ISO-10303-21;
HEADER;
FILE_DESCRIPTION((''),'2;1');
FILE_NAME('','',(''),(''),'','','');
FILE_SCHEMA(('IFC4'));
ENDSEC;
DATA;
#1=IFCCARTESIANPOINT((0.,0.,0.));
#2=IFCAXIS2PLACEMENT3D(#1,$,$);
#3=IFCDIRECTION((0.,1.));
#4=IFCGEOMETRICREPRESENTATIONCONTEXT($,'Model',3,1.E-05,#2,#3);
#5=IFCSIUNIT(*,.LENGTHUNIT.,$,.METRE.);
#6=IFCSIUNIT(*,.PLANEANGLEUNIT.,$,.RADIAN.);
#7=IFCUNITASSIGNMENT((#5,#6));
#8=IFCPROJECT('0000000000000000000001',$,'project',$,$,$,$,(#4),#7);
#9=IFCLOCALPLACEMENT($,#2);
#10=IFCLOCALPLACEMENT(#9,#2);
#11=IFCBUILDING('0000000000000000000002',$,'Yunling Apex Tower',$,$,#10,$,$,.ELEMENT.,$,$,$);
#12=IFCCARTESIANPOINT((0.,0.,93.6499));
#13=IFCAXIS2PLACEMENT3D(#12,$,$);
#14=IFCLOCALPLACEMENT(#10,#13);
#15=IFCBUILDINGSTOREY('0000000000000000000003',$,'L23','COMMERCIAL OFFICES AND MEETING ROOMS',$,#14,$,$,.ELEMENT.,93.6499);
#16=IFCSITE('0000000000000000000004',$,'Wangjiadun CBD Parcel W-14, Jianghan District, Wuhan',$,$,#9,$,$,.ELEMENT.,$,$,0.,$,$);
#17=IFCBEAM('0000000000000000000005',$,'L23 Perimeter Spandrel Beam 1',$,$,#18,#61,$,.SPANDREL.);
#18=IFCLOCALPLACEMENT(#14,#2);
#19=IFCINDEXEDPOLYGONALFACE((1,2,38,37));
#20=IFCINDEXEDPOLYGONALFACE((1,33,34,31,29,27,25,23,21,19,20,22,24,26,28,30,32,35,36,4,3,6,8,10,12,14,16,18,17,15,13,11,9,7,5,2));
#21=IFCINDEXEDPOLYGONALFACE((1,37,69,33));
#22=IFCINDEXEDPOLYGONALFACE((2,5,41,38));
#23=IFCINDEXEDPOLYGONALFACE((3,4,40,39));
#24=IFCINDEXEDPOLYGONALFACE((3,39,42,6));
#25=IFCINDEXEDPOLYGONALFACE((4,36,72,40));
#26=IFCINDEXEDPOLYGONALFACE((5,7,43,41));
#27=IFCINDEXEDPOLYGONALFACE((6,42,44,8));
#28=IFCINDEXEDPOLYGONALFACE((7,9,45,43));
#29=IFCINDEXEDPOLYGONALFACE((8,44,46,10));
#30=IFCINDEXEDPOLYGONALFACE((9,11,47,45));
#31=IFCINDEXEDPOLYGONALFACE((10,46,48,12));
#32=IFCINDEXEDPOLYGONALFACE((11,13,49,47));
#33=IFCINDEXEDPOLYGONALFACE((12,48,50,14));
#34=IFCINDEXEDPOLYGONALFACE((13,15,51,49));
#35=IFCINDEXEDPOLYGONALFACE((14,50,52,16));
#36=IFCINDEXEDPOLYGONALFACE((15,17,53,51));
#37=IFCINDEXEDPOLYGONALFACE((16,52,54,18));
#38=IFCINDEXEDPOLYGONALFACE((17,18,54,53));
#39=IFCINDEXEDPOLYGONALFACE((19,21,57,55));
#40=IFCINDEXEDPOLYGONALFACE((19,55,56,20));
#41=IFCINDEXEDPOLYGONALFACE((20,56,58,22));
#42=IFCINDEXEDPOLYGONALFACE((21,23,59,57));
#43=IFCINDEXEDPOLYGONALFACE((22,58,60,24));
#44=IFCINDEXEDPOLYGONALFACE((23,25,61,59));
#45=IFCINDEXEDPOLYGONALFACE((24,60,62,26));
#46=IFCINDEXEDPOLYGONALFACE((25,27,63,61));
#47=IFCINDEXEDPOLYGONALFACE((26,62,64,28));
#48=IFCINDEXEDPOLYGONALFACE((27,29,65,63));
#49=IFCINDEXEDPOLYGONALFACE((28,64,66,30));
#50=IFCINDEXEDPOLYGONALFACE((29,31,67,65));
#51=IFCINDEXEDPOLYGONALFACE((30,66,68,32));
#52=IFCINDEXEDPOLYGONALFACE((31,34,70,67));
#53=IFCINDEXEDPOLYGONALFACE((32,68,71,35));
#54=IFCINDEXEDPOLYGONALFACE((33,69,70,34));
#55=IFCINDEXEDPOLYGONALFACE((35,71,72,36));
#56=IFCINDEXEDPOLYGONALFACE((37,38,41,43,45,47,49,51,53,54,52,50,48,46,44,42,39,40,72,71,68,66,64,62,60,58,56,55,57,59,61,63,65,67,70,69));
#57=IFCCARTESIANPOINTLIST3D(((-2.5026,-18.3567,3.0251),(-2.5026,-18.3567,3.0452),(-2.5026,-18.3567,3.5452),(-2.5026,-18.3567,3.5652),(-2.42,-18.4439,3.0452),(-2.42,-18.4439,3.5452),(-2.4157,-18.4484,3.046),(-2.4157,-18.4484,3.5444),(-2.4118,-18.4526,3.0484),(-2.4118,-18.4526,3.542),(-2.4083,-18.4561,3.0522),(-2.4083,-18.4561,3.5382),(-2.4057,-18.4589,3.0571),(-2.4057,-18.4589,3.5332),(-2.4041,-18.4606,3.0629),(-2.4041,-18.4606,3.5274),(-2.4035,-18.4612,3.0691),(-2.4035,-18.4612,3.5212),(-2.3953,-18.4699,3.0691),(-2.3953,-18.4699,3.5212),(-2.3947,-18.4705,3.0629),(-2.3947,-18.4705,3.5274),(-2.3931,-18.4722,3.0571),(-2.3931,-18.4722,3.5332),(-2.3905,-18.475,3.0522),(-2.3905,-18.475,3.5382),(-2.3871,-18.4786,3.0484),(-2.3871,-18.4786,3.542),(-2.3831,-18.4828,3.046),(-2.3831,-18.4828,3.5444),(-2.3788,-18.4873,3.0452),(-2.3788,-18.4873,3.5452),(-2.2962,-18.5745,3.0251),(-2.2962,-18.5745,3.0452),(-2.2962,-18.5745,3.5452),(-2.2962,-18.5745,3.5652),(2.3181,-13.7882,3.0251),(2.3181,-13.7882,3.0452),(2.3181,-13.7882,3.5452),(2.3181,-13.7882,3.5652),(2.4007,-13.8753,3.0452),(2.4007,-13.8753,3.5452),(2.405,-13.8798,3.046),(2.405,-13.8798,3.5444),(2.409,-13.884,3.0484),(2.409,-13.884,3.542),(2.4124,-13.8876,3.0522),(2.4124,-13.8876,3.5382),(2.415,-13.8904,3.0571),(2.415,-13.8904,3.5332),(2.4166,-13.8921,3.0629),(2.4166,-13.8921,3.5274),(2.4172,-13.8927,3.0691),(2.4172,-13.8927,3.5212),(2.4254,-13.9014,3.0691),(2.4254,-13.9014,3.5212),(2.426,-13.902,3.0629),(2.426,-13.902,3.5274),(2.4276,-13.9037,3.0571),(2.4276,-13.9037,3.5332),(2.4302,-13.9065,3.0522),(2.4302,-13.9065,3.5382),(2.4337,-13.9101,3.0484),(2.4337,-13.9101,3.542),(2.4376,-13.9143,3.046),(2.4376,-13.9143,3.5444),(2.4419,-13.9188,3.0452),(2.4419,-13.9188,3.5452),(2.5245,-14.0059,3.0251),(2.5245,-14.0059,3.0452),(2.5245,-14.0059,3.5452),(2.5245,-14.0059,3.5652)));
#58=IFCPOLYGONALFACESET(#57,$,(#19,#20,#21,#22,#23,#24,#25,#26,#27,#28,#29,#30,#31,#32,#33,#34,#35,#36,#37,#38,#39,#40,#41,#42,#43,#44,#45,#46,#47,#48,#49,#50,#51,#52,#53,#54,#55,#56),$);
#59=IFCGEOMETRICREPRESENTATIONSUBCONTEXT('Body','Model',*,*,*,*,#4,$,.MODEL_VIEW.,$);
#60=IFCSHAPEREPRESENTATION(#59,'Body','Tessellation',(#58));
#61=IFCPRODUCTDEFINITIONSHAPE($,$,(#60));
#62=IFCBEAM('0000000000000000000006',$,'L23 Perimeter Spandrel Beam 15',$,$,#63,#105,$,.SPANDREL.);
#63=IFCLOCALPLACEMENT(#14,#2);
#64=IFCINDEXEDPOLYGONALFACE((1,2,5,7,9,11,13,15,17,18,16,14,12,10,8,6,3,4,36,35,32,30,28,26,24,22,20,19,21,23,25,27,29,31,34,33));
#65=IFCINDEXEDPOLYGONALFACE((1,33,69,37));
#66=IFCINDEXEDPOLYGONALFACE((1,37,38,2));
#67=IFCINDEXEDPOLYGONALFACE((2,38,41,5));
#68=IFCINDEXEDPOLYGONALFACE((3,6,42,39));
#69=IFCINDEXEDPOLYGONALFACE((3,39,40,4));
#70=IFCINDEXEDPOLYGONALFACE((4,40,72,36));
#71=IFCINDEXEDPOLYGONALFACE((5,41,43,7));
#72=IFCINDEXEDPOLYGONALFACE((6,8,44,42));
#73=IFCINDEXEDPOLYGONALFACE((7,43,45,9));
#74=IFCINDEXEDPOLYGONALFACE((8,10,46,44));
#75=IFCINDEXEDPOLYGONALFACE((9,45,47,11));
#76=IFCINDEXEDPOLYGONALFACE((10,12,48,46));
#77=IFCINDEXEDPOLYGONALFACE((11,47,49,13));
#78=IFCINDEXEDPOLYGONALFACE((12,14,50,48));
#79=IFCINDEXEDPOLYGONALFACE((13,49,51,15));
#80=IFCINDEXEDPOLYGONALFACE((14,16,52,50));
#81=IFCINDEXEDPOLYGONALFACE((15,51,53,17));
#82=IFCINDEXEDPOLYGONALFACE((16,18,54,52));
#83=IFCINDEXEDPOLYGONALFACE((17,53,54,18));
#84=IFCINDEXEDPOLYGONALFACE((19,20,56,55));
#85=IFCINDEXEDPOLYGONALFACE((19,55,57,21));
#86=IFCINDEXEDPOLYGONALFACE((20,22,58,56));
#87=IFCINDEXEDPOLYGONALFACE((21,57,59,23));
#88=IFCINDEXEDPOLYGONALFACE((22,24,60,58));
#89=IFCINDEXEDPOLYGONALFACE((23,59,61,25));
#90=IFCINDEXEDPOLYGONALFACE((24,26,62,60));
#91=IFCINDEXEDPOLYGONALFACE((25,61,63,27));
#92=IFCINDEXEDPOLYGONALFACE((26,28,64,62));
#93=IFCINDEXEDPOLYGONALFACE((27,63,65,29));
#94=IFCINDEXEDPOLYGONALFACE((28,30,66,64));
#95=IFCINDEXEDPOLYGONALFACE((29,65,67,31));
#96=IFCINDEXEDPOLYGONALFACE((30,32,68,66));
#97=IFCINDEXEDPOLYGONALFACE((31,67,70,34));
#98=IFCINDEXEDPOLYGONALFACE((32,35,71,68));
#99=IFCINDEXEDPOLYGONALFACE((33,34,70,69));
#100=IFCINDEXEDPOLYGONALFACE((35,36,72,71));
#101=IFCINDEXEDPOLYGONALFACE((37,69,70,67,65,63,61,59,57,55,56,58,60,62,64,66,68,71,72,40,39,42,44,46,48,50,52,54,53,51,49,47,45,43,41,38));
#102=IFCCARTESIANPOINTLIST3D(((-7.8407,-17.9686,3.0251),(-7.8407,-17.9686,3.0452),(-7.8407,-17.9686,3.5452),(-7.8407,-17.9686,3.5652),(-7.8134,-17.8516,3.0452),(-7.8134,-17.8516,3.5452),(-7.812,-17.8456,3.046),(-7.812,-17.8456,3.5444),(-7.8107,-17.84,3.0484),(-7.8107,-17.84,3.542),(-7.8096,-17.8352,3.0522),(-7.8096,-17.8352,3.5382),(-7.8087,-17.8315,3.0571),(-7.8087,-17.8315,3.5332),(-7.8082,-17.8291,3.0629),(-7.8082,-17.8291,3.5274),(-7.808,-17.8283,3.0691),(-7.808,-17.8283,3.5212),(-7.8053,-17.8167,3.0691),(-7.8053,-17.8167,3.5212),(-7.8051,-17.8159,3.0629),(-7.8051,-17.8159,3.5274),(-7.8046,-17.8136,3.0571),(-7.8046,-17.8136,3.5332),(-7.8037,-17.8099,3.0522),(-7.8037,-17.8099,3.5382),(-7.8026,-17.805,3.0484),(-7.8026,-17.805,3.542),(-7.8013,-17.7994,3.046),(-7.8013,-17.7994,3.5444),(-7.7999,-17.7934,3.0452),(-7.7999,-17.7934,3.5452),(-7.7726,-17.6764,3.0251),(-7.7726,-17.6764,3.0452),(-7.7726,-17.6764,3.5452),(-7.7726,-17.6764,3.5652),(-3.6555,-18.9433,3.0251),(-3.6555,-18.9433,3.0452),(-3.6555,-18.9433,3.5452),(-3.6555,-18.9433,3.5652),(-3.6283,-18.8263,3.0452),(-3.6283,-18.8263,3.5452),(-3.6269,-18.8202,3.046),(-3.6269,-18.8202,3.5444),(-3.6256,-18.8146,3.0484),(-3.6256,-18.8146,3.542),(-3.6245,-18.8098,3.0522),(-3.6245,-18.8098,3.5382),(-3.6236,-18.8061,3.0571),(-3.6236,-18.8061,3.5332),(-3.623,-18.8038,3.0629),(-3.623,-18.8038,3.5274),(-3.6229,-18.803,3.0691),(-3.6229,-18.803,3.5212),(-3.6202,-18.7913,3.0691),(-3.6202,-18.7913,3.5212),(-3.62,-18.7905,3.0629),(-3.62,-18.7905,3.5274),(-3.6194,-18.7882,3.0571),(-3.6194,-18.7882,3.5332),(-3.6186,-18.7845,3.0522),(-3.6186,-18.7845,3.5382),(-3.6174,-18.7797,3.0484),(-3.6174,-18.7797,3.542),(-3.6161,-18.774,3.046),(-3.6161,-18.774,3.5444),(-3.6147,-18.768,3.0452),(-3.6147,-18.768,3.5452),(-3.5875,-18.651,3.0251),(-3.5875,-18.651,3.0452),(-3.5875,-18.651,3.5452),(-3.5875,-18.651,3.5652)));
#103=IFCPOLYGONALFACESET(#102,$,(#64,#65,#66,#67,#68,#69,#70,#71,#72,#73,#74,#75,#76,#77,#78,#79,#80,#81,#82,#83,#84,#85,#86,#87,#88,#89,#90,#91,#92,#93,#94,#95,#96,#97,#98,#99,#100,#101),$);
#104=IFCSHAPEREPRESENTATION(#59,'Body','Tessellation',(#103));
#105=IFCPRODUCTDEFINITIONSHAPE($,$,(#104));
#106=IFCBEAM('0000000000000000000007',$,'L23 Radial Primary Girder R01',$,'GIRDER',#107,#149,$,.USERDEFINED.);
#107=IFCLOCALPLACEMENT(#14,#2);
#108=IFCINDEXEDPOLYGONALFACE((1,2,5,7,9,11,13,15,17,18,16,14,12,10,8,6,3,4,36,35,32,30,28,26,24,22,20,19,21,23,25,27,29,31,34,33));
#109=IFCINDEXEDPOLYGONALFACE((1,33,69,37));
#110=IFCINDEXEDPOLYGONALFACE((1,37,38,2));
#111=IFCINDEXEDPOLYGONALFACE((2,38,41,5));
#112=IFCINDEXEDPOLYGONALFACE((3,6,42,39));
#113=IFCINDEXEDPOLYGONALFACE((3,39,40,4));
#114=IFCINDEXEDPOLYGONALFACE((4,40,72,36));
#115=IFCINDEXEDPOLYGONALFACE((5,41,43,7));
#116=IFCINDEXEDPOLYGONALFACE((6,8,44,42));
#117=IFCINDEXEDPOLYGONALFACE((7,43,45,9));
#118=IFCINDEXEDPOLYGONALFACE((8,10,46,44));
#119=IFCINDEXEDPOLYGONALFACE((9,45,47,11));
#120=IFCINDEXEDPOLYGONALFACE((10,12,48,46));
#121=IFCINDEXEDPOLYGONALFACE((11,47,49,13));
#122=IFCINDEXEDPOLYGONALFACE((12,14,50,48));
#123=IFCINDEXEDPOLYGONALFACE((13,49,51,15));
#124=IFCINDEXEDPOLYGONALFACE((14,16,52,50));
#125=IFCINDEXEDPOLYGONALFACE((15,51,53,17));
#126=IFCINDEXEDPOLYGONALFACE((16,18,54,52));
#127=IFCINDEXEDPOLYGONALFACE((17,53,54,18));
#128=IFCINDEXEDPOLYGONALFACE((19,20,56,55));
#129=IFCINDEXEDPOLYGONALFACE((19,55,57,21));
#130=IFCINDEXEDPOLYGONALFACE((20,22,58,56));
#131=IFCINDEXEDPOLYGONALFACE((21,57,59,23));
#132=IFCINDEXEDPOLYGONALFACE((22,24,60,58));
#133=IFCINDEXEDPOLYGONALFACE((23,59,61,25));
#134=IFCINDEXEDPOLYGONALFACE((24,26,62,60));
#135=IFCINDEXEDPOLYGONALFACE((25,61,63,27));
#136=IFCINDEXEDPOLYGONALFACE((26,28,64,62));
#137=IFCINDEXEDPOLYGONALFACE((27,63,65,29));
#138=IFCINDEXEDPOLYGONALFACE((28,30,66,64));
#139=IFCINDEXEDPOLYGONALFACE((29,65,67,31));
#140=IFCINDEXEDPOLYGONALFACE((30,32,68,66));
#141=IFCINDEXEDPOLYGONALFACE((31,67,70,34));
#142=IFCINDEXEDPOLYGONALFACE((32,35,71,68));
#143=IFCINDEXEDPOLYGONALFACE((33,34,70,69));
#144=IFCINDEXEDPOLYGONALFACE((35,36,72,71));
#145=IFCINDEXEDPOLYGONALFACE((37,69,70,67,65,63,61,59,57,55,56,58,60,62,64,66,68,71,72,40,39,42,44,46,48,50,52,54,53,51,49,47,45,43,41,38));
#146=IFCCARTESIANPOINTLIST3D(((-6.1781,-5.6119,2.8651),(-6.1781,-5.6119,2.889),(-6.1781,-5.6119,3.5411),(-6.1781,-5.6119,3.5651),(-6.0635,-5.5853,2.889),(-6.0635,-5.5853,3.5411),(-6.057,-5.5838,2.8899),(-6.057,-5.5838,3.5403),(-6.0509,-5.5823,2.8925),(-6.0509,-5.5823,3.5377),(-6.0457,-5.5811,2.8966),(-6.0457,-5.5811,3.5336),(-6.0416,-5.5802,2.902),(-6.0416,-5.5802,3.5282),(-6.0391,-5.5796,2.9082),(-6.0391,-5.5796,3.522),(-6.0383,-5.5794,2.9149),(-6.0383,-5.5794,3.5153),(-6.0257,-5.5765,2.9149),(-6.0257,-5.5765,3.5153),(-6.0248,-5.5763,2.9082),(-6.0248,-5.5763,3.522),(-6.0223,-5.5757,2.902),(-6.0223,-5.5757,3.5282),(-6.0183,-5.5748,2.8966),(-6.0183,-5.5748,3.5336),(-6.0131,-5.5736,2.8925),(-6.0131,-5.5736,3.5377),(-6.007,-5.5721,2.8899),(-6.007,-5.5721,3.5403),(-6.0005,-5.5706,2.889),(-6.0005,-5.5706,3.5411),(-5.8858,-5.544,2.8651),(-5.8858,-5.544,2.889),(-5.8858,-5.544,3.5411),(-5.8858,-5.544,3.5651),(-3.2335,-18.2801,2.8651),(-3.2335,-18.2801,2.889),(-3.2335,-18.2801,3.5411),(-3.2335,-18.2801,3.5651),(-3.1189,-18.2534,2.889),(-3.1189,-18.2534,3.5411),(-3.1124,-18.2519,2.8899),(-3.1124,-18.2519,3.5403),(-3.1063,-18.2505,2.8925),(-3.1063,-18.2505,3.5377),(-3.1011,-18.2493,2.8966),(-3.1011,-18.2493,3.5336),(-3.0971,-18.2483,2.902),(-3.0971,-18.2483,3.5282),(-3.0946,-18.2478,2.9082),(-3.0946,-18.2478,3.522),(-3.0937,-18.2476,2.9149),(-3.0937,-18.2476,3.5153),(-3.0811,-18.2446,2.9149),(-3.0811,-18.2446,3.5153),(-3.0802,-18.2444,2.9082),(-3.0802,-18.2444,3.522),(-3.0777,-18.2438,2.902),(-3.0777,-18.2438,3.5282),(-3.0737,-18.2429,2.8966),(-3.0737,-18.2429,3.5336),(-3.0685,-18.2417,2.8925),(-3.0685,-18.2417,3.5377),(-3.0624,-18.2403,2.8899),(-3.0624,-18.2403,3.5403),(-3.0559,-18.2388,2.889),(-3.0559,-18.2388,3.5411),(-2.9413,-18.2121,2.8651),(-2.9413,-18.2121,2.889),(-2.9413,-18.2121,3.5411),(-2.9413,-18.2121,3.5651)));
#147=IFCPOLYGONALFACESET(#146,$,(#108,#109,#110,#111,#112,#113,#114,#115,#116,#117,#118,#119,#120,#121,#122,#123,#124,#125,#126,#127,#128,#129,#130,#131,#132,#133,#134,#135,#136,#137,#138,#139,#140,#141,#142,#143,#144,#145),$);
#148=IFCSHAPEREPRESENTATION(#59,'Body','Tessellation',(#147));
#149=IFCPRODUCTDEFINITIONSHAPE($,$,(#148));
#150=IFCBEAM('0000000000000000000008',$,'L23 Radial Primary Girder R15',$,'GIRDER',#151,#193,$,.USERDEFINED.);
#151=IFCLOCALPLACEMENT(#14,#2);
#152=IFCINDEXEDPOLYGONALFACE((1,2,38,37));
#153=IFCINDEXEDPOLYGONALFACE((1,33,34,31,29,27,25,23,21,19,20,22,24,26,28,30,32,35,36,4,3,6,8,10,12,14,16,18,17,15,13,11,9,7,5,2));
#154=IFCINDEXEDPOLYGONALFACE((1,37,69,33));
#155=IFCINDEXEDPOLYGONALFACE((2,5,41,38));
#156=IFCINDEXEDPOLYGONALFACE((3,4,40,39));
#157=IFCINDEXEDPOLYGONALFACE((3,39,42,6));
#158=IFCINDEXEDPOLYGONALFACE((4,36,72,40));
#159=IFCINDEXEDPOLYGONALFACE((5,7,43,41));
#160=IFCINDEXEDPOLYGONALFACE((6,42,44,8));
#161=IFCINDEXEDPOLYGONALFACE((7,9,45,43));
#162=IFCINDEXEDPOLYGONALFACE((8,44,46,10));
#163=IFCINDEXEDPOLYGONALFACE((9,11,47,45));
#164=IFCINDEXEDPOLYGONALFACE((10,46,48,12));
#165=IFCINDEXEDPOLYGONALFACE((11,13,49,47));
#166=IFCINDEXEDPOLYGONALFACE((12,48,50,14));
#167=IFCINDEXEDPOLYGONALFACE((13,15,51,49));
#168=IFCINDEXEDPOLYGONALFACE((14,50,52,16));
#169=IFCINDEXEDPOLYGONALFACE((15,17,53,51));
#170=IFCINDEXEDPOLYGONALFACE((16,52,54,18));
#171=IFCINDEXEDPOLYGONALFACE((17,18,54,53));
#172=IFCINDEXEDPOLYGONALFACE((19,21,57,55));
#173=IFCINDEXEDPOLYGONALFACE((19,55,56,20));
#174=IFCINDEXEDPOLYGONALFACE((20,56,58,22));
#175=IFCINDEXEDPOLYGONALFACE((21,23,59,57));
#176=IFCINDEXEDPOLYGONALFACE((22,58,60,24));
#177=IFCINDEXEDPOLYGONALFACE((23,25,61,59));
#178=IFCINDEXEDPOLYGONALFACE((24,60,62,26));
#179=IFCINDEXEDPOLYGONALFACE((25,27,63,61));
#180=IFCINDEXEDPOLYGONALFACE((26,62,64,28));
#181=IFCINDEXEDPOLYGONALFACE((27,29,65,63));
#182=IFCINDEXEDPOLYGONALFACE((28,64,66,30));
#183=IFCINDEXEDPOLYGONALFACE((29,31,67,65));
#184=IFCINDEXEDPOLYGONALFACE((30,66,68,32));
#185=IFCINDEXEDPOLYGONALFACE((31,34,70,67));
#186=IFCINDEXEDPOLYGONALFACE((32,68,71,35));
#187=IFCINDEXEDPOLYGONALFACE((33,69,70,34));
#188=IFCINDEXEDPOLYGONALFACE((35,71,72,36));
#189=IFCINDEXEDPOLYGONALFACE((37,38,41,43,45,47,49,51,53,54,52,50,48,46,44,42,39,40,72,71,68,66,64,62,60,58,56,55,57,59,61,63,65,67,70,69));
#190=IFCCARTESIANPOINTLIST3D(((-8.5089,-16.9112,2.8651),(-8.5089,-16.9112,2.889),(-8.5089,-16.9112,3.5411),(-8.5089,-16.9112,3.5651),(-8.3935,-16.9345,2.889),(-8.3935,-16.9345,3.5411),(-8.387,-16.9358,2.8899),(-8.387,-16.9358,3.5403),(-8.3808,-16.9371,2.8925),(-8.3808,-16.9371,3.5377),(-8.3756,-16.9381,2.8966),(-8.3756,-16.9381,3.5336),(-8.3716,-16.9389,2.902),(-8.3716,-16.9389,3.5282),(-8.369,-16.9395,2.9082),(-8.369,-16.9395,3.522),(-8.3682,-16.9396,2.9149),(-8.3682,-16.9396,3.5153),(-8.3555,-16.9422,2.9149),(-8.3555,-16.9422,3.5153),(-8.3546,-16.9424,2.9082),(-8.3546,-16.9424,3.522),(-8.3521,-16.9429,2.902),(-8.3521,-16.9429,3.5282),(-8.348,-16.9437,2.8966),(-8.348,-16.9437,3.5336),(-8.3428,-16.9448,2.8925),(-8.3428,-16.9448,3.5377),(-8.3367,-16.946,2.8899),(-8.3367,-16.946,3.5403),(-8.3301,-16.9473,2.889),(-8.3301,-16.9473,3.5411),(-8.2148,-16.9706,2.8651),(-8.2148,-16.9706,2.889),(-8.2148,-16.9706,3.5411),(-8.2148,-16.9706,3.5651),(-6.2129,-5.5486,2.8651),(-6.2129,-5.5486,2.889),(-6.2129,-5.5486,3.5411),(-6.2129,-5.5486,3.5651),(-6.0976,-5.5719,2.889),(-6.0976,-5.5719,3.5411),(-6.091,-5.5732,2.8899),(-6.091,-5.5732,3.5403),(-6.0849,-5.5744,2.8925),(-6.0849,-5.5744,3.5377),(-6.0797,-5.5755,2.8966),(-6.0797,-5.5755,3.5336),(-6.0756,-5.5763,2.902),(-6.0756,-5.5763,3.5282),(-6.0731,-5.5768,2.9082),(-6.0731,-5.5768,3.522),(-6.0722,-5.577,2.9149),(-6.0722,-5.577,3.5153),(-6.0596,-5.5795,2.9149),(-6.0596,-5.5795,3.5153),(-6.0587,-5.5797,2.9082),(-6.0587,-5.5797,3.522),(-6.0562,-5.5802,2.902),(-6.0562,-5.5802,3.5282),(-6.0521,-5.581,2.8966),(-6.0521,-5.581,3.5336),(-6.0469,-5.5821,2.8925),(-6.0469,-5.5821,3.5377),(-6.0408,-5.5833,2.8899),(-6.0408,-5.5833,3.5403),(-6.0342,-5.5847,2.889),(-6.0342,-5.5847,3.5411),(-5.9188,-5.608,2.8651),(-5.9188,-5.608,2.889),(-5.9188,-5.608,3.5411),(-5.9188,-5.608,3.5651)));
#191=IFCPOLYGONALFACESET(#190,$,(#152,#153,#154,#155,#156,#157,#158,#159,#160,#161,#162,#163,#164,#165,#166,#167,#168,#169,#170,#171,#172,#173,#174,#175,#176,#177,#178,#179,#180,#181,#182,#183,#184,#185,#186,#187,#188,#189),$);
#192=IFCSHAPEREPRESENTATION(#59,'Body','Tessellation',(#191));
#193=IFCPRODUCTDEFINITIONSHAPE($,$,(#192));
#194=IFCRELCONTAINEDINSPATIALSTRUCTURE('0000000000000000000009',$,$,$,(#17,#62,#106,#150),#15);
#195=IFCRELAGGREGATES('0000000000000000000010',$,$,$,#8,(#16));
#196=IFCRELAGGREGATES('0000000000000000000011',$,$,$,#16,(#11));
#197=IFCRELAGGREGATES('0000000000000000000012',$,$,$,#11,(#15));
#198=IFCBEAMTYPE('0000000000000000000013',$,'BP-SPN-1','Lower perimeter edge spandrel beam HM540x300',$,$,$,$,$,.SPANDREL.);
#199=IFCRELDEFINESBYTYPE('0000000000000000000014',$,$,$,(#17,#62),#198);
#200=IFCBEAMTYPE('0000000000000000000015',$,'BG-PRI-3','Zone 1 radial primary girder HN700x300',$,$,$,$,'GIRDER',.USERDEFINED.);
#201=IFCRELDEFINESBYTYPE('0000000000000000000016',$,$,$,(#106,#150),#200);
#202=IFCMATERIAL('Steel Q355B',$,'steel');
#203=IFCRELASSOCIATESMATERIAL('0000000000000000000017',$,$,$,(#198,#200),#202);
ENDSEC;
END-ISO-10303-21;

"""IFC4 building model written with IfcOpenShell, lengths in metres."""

from ifc_helpers import new_model, si_unit, direction, frame, origin, origin_2d, place, context, subcontext, project, spatial, i_section, extrude, source, transform, mapped, material, material_profile, profile_set, type_object, element, save


model = new_model("IFC4")

# Units and contexts
model_context = context("Model", 3, precision=1e-05, world=origin(), true_north=direction((0.0, 1.0)))
body_context = subcontext(model_context, "Body", "Model", "MODEL_VIEW")
ifc_project = project(units=[si_unit("LENGTHUNIT", "METRE"), si_unit("PLANEANGLEUNIT", "RADIAN")], contexts=[model_context])

# Site, building, storey
site_placement = place(None, origin())
site = spatial("IfcSite", under=ifc_project, at=site_placement, Name="Wangjiadun CBD Parcel W-14, Jianghan District, Wuhan", CompositionType="ELEMENT", RefElevation=0.0)
building_placement = place(site_placement, origin())
building = spatial("IfcBuilding", under=site, at=building_placement, Name="Yunling Apex Tower", CompositionType="ELEMENT")
storey_placement = place(building_placement, frame((0.0, 0.0, 93.6499)))
storey = spatial("IfcBuildingStorey", under=building, at=storey_placement, Name="L23", Description="COMMERCIAL OFFICES AND MEETING ROOMS", CompositionType="ELEMENT", Elevation=93.6499)

# Beams
ifc_material_1 = material(Name="Steel Q355B", Category="steel")
ifc_material_profile_1 = material_profile(ifc_material_1, i_section(OverallWidth=0.3, OverallDepth=0.54, WebThickness=0.012, FlangeThickness=0.02, FilletRadius=0.0239, at=origin_2d()))
ifc_profile_set_1 = profile_set([ifc_material_profile_1], Name="Steel Q355B")
beam_type_1 = type_object("IfcBeamType", Name="BP-SPN-1", Description="Lower perimeter edge spandrel beam HM540x300", PredefinedType="SPANDREL", material=ifc_profile_set_1)
shared_shape_1 = source(origin(), body_context, "Body", "SweptSolid", [
    extrude(i_section(OverallWidth=0.3, OverallDepth=0.54, WebThickness=0.012, FlangeThickness=0.02, FilletRadius=0.0239, at=origin_2d()), origin(), (0.0, 0.0, 1.0), 6.6416),
])
beam_1_placement = place(storey_placement, frame((-2.3994, -18.4656, 3.2952), z_axis=(0.725838, 0.687866, 0.0), x_axis=(-0.687866, 0.725838, 0.0)))
element("IfcBeam", 1, at=beam_1_placement, inside=storey, type_object=beam_type_1, Name="L23 Perimeter Spandrel Beam 1", PredefinedType="SPANDREL", context=body_context, shape_type="MappedRepresentation", body=[
    mapped(shared_shape_1, transform((0.0, 0.0, 0.0), scale=1.0)),
])
shared_shape_2 = source(origin(), body_context, "Body", "SweptSolid", [
    extrude(i_section(OverallWidth=0.3, OverallDepth=0.54, WebThickness=0.012, FlangeThickness=0.02, FilletRadius=0.0239, at=origin_2d()), origin(), (0.0, 0.0, 1.0), 4.2971),
])
beam_2_placement = place(storey_placement, frame((-7.8066, -17.8225, 3.2952), z_axis=(0.973939, -0.226809, 0.0), x_axis=(0.226809, 0.973939, 0.0)))
element("IfcBeam", 2, at=beam_2_placement, inside=storey, type_object=beam_type_1, Name="L23 Perimeter Spandrel Beam 15", PredefinedType="SPANDREL", context=body_context, shape_type="MappedRepresentation", body=[
    mapped(shared_shape_2, transform((0.0, 0.0, 0.0), scale=1.0)),
])
ifc_material_profile_2 = material_profile(ifc_material_1, i_section(OverallWidth=0.3, OverallDepth=0.7, WebThickness=0.0129, FlangeThickness=0.0239, FilletRadius=0.0259, at=origin_2d()))
ifc_profile_set_2 = profile_set([ifc_material_profile_2], Name="Steel Q355B")
beam_type_2 = type_object("IfcBeamType", Name="BG-PRI-3", Description="Zone 1 radial primary girder HN700x300", ElementType="GIRDER", PredefinedType="USERDEFINED", material=ifc_profile_set_2)
shared_shape_3 = source(origin(), body_context, "Body", "SweptSolid", [
    extrude(i_section(OverallWidth=0.3, OverallDepth=0.7, WebThickness=0.0129, FlangeThickness=0.0239, FilletRadius=0.0259, at=origin_2d()), origin(), (0.0, 0.0, 1.0), 13.0059),
])
beam_3_placement = place(storey_placement, frame((-3.0874, -18.2461, 3.2151), z_axis=(-0.226403, 0.974034, 0.0), x_axis=(-0.974034, -0.226403, 0.0)))
element("IfcBeam", 3, at=beam_3_placement, inside=storey, type_object=beam_type_2, Name="L23 Radial Primary Girder R01", ObjectType="GIRDER", PredefinedType="USERDEFINED", context=body_context, shape_type="MappedRepresentation", body=[
    mapped(shared_shape_3, transform((0.0, 0.0, 0.0), scale=1.0)),
])
shared_shape_4 = source(origin(), body_context, "Body", "SweptSolid", [
    extrude(i_section(OverallWidth=0.3, OverallDepth=0.7, WebThickness=0.0129, FlangeThickness=0.0239, FilletRadius=0.0259, at=origin_2d()), origin(), (0.0, 0.0, 1.0), 11.5923),
])
beam_4_placement = place(storey_placement, frame((-8.3618, -16.9409, 3.2151), z_axis=(0.198056, 0.980191, 0.0), x_axis=(-0.980191, 0.198056, 0.0)))
element("IfcBeam", 4, at=beam_4_placement, inside=storey, type_object=beam_type_2, Name="L23 Radial Primary Girder R15", ObjectType="GIRDER", PredefinedType="USERDEFINED", context=body_context, shape_type="MappedRepresentation", body=[
    mapped(shared_shape_4, transform((0.0, 0.0, 0.0), scale=1.0)),
])

save(model, "model.ifc")
